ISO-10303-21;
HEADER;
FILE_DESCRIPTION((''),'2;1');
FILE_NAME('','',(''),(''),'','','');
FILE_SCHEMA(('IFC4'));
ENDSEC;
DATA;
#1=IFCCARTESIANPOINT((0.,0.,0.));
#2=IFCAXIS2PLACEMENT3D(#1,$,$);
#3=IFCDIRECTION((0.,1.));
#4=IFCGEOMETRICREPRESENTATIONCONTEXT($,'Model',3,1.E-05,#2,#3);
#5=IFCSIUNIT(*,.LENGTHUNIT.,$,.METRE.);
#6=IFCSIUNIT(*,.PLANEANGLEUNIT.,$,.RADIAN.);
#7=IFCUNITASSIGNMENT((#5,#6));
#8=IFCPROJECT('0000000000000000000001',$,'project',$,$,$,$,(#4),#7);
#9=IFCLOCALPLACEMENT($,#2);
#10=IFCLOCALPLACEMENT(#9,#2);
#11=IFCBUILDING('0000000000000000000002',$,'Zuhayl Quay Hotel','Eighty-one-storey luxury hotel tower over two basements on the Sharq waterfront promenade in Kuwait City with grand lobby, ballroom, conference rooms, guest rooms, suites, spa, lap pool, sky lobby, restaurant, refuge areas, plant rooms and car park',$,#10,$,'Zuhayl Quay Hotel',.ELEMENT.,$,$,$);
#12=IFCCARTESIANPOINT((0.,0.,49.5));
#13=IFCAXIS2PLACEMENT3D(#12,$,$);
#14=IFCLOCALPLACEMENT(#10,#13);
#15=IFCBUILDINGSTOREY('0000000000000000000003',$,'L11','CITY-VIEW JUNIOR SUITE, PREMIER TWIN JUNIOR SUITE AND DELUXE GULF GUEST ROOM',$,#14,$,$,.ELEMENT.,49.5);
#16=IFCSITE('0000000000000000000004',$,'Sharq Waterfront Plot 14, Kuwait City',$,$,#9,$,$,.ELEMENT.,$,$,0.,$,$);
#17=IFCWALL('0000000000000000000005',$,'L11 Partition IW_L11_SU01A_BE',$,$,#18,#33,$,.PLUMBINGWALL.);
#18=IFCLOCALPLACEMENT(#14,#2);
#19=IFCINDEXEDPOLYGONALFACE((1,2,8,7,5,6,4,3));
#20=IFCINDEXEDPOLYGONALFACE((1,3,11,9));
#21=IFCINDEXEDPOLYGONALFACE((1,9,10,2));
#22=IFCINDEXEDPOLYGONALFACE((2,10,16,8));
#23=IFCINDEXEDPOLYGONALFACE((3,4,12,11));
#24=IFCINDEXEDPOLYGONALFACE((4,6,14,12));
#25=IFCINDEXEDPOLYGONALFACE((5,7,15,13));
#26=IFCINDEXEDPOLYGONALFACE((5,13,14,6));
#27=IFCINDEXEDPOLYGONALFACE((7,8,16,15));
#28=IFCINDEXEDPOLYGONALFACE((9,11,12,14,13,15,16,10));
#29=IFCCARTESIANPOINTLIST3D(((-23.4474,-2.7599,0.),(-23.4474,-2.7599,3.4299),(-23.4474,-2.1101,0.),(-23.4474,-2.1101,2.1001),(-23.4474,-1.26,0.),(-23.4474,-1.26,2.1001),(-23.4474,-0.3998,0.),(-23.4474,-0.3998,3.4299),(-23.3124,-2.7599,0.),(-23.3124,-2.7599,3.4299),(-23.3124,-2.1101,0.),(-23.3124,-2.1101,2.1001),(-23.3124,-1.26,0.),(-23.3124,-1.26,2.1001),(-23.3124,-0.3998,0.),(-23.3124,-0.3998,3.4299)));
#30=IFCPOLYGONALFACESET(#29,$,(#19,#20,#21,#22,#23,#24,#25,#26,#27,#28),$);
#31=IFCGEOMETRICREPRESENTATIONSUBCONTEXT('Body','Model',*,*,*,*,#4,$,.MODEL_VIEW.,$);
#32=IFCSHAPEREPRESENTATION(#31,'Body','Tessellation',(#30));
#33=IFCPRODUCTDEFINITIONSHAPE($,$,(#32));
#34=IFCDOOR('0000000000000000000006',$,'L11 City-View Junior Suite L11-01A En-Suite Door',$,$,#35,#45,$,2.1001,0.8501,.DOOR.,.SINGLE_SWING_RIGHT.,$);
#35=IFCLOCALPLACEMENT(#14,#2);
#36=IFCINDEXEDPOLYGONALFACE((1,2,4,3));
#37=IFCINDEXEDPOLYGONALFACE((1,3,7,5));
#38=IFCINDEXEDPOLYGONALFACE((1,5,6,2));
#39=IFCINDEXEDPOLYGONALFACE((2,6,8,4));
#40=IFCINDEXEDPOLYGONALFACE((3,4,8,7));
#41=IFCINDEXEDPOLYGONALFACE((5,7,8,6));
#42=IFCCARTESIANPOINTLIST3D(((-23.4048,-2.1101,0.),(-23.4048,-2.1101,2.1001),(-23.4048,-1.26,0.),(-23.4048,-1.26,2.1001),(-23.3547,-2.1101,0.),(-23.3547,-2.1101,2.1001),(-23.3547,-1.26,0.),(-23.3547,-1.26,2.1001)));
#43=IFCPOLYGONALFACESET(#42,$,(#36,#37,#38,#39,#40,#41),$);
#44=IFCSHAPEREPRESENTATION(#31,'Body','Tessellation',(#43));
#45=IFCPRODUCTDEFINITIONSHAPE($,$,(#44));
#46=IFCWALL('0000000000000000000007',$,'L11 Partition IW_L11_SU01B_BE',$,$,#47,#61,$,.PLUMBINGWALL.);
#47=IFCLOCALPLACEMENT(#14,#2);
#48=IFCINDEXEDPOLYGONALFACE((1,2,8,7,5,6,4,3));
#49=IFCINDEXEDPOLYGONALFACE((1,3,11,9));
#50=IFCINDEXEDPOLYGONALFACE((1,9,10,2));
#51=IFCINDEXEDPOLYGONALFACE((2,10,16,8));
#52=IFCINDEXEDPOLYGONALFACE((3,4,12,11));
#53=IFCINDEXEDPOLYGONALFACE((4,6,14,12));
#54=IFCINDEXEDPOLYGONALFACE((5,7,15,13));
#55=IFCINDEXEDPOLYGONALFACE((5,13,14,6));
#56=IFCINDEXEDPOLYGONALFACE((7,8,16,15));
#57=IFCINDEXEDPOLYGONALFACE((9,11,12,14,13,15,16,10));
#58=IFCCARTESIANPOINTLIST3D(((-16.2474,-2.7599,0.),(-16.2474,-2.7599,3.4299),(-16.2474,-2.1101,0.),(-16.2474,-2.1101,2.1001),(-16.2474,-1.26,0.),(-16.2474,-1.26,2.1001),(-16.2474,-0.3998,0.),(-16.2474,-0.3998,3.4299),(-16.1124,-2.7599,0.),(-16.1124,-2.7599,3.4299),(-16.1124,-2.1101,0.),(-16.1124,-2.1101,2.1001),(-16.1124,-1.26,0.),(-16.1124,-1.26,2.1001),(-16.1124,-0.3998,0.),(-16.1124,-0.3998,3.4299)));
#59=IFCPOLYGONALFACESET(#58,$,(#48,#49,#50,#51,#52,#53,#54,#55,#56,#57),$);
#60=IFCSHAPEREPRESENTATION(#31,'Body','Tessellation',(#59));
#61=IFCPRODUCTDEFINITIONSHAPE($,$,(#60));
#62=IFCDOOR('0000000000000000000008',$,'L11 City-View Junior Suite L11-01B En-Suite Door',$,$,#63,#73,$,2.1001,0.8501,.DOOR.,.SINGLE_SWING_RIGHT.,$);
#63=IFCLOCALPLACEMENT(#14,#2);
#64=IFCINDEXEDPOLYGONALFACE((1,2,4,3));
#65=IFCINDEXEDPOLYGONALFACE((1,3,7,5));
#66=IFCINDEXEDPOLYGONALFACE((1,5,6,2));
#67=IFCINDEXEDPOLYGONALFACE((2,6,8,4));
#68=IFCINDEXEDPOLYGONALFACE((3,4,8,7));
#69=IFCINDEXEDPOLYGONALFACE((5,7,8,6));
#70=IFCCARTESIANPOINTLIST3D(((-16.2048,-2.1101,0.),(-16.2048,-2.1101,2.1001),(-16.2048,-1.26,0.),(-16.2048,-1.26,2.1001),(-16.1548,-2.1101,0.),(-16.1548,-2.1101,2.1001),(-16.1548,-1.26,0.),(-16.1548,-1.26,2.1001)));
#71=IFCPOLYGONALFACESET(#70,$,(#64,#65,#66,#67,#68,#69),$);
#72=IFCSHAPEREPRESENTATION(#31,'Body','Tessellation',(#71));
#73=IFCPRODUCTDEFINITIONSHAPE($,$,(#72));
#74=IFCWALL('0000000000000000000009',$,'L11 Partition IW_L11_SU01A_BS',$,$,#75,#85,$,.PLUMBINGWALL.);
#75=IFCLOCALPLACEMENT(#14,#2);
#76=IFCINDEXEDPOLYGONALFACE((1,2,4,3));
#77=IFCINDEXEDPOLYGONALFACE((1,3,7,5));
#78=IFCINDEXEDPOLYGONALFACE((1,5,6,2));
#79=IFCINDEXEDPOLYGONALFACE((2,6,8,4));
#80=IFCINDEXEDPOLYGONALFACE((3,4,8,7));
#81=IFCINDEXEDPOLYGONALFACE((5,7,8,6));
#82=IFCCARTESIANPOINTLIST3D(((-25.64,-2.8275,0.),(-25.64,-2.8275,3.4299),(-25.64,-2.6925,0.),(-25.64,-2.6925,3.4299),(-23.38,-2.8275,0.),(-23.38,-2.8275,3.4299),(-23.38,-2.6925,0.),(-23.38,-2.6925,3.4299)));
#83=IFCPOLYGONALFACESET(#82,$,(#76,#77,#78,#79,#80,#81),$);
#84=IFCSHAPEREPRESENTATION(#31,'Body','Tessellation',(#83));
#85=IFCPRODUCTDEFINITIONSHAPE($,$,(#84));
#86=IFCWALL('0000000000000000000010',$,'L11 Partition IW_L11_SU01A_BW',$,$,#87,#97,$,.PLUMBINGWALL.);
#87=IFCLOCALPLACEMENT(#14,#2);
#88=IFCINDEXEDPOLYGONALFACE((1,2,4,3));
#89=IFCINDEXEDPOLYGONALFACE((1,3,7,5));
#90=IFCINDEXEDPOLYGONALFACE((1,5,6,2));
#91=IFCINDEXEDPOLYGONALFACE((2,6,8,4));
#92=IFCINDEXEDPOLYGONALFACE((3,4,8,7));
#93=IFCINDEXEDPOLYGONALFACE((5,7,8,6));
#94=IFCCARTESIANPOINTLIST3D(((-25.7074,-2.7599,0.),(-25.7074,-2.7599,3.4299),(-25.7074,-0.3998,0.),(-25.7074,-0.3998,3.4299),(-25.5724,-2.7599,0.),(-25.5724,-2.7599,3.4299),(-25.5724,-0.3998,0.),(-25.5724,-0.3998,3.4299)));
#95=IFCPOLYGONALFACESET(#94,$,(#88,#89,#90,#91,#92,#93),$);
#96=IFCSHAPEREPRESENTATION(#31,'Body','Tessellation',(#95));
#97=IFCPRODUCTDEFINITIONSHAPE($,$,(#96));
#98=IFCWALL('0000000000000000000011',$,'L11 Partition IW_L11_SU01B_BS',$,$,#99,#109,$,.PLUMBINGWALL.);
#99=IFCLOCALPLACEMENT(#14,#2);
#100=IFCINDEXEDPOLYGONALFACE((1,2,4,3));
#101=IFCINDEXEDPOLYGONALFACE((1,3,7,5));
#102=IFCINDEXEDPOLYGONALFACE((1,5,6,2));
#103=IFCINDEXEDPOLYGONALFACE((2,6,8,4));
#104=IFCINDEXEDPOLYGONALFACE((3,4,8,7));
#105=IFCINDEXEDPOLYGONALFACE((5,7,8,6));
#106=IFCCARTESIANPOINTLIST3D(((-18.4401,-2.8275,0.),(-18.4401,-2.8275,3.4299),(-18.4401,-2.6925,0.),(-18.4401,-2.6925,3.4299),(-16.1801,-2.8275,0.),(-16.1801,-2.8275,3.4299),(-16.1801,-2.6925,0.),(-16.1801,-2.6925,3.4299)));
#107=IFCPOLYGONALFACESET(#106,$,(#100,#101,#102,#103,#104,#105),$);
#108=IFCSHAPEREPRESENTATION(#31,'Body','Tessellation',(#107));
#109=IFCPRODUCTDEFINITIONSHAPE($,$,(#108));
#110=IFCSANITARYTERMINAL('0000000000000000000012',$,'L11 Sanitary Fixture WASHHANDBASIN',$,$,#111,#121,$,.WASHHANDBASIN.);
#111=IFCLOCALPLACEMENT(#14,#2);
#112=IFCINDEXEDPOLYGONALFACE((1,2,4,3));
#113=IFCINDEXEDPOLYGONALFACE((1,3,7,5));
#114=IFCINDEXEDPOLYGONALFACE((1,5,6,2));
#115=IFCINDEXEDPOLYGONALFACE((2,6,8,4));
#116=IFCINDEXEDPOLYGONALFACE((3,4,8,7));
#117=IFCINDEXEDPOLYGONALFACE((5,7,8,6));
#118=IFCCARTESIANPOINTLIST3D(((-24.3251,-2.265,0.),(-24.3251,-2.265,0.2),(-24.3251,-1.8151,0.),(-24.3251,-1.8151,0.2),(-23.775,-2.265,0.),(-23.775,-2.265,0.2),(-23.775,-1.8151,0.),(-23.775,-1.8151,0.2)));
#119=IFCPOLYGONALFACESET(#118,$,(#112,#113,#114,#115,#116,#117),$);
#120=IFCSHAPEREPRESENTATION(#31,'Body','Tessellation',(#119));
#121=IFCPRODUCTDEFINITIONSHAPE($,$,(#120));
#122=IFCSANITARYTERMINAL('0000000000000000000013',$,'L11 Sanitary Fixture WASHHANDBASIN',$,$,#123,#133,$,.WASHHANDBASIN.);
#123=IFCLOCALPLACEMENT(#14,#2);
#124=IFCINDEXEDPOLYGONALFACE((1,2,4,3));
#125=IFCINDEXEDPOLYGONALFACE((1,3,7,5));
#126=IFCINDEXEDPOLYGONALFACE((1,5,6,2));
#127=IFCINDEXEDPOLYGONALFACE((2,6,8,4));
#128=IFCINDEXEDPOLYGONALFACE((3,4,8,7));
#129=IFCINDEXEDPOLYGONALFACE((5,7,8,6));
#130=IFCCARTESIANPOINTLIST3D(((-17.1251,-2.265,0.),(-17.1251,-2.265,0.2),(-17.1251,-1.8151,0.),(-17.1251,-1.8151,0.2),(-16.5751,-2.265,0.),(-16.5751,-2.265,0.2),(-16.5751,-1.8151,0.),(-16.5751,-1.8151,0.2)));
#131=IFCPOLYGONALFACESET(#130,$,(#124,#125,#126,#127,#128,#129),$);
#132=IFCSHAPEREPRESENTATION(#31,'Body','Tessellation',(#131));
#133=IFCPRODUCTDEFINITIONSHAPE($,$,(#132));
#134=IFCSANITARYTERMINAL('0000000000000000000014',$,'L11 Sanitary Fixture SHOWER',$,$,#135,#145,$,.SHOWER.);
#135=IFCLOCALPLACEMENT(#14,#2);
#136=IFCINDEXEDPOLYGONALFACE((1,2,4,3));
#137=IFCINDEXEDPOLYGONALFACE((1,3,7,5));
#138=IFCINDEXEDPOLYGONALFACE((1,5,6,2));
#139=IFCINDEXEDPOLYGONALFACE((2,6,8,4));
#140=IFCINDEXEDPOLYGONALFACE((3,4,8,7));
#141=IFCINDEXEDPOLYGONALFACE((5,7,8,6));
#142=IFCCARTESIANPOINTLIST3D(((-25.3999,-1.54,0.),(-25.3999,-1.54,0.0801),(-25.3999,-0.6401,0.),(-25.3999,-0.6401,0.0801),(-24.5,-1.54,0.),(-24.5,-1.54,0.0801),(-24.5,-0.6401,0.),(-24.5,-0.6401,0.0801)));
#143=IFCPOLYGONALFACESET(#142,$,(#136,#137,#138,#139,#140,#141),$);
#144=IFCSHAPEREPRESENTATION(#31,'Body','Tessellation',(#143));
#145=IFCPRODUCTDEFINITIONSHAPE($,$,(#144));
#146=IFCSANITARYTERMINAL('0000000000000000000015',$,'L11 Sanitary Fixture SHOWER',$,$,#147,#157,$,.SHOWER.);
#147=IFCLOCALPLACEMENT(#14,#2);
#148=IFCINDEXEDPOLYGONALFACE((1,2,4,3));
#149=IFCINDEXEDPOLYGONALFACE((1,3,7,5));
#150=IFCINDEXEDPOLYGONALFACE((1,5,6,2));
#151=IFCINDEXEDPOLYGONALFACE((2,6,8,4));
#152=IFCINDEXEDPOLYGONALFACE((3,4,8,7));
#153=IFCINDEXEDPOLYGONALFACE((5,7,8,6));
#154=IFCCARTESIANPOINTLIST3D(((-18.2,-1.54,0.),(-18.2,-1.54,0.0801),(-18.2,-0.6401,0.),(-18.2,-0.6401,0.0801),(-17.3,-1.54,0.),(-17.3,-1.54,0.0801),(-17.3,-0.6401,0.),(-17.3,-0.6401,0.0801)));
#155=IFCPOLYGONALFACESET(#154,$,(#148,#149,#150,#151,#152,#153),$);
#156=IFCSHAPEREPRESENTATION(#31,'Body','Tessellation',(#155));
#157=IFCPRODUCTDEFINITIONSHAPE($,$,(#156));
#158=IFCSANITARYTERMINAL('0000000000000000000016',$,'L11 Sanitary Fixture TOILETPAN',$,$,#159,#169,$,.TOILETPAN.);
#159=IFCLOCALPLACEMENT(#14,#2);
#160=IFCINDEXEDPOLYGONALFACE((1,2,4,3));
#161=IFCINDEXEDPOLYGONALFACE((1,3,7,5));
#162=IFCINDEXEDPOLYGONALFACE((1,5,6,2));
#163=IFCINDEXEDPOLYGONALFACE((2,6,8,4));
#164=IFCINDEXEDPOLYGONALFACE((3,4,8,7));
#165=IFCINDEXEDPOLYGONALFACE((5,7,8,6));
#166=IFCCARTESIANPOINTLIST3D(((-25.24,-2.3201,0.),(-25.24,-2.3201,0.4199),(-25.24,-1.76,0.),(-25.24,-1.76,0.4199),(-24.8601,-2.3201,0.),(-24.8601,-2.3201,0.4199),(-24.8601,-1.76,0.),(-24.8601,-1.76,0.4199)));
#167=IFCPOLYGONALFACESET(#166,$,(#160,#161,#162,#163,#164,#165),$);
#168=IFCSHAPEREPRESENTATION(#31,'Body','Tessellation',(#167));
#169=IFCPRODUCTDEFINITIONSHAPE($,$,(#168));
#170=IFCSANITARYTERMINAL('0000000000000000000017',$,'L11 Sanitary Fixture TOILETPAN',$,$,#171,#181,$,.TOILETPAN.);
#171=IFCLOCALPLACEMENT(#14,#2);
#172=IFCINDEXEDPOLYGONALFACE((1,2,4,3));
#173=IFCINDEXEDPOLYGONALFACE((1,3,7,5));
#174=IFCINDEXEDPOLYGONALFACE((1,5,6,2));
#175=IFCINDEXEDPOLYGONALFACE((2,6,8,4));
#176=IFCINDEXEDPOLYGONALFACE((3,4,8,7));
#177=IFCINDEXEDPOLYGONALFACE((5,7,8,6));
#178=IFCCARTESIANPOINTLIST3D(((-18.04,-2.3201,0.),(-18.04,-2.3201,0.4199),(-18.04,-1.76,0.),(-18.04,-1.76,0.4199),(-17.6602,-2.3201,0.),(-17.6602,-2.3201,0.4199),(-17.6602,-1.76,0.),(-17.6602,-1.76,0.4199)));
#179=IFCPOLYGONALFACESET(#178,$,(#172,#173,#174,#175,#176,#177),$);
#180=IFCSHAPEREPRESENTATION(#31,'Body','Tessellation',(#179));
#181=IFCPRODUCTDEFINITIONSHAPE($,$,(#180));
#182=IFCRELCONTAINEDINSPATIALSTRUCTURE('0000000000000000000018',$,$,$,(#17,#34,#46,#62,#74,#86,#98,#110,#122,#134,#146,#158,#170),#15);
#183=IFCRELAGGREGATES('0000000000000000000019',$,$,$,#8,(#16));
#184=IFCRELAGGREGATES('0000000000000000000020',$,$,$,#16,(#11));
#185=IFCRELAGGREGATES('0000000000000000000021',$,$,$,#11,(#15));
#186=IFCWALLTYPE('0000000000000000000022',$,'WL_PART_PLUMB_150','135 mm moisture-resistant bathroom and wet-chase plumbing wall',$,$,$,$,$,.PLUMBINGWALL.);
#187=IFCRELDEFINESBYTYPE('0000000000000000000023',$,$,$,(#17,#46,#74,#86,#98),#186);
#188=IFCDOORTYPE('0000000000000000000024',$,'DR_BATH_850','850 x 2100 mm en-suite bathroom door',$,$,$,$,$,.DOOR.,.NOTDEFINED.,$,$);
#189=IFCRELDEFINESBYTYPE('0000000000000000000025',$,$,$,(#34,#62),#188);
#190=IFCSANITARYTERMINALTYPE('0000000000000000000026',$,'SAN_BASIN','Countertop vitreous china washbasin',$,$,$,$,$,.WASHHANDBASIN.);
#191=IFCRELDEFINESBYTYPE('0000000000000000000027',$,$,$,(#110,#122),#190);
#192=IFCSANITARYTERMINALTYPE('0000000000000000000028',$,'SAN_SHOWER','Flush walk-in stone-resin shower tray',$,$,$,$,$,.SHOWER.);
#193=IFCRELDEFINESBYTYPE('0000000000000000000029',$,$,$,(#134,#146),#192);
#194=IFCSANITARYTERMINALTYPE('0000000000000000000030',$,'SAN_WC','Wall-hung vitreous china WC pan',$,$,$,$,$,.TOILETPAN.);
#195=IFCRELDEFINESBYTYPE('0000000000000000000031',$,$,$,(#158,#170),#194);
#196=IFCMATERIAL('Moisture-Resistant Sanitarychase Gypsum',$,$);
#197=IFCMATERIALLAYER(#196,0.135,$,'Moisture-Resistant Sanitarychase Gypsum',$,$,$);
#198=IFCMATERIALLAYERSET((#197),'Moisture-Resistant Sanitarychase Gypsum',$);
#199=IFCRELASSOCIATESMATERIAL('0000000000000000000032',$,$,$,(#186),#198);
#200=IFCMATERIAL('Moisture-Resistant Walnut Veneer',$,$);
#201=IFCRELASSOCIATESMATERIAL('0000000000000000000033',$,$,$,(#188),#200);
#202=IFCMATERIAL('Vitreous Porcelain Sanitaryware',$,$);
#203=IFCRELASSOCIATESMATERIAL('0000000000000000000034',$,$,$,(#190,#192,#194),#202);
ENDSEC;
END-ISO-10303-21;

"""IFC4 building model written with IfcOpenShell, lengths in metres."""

from ifc_helpers import new_model, si_unit, direction, frame, frame_2d, origin, origin_2d, place, context, subcontext, project, spatial, rectangle, extrude, material, layer, layer_set, type_object, element, fill, save


model = new_model("IFC4")

# Units and contexts
model_context = context("Model", 3, precision=1e-05, world=origin(), true_north=direction((0.0, 1.0)))
body_context = subcontext(model_context, "Body", "Model", "MODEL_VIEW")
ifc_project = project(units=[si_unit("LENGTHUNIT", "METRE"), si_unit("PLANEANGLEUNIT", "RADIAN")], contexts=[model_context])

# Site, building, storey
site_placement = place(None, origin())
site = spatial("IfcSite", under=ifc_project, at=site_placement, Name="Sharq Waterfront Plot 14, Kuwait City", CompositionType="ELEMENT", RefElevation=0.0)
building_placement = place(site_placement, origin())
building = spatial("IfcBuilding", under=site, at=building_placement, Name="Zuhayl Quay Hotel", Description="Eighty-one-storey luxury hotel tower over two basements on the Sharq waterfront promenade in Kuwait City with grand lobby, ballroom, conference rooms, guest rooms, suites, spa, lap pool, sky lobby, restaurant, refuge areas, plant rooms and car park", LongName="Zuhayl Quay Hotel", CompositionType="ELEMENT")
storey_placement = place(building_placement, frame((0.0, 0.0, 49.5)))
storey = spatial("IfcBuildingStorey", under=building, at=storey_placement, Name="L11", Description="CITY-VIEW JUNIOR SUITE, PREMIER TWIN JUNIOR SUITE AND DELUXE GULF GUEST ROOM", CompositionType="ELEMENT", Elevation=49.5)

# Walls, openings, doors
ifc_material_1 = material(Name="Moisture-Resistant Sanitarychase Gypsum")
ifc_layer_1 = layer(ifc_material_1, 0.135, Name="Moisture-Resistant Sanitarychase Gypsum")
ifc_layer_set_1 = layer_set([ifc_layer_1], Name="Moisture-Resistant Sanitarychase Gypsum")
wall_type_1 = type_object("IfcWallType", Name="WL_PART_PLUMB_150", Description="135 mm moisture-resistant bathroom and wet-chase plumbing wall", PredefinedType="PLUMBINGWALL", material=ifc_layer_set_1)
wall_1_placement = place(storey_placement, frame((-23.3799, -2.76, 0.0), z_axis=(0.0, 0.0, 1.0), x_axis=(0.0, 1.0, 0.0)))
wall_1 = element("IfcWall", 1, at=wall_1_placement, inside=storey, type_object=wall_type_1, Name="L11 Partition IW_L11_SU01A_BE", PredefinedType="PLUMBINGWALL", context=body_context, shape_type="SweptSolid", body=[
    extrude(rectangle(XDim=2.3601, YDim=0.135, at=frame_2d((1.1802, 0.0))), origin(), (0.0, 0.0, 1.0), 3.4299),
])
opening_1_placement = place(wall_1_placement, frame((0.6499, 0.0, 0.0)))
opening_1 = element("IfcOpeningElement", 2, at=opening_1_placement, cuts=wall_1, PredefinedType="OPENING", context=body_context, shape_type="SweptSolid", body=[
    extrude(rectangle(XDim=0.8501, YDim=2.1001, at=frame_2d((0.425, 1.05))), frame((0.0, 0.0774, 0.0), z_axis=(0.0, -1.0, 0.0), x_axis=(1.0, 0.0, 0.0)), (0.0, 0.0, 1.0), 0.155),
])
ifc_material_2 = material(Name="Moisture-Resistant Walnut Veneer")
door_type_1 = type_object("IfcDoorType", Name="DR_BATH_850", Description="850 x 2100 mm en-suite bathroom door", OperationType="NOTDEFINED", PredefinedType="DOOR", material=ifc_material_2)
door_1_placement = place(opening_1_placement, origin())
door_1 = element("IfcDoor", 3, at=door_1_placement, inside=storey, type_object=door_type_1, Name="L11 City-View Junior Suite L11-01A En-Suite Door", OperationType="SINGLE_SWING_RIGHT", OverallHeight=2.1001, OverallWidth=0.8501, PredefinedType="DOOR", context=body_context, shape_type="SweptSolid", body=[
    extrude(rectangle(XDim=0.8501, YDim=2.1001, at=frame_2d((0.425, 1.05))), frame((0.0, 0.0249, 0.0), z_axis=(0.0, -1.0, 0.0), x_axis=(1.0, 0.0, 0.0)), (0.0, 0.0, 1.0), 0.05),
])
fill(opening_1, door_1)
wall_2_placement = place(storey_placement, frame((-16.1799, -2.76, 0.0), z_axis=(0.0, 0.0, 1.0), x_axis=(0.0, 1.0, 0.0)))
wall_2 = element("IfcWall", 4, at=wall_2_placement, inside=storey, type_object=wall_type_1, Name="L11 Partition IW_L11_SU01B_BE", PredefinedType="PLUMBINGWALL", context=body_context, shape_type="SweptSolid", body=[
    extrude(rectangle(XDim=2.3601, YDim=0.135, at=frame_2d((1.1802, 0.0))), origin(), (0.0, 0.0, 1.0), 3.4299),
])
opening_2_placement = place(wall_2_placement, frame((0.6499, 0.0, 0.0)))
opening_2 = element("IfcOpeningElement", 5, at=opening_2_placement, cuts=wall_2, PredefinedType="OPENING", context=body_context, shape_type="SweptSolid", body=[
    extrude(rectangle(XDim=0.8501, YDim=2.1001, at=frame_2d((0.425, 1.05))), frame((0.0, 0.0774, 0.0), z_axis=(0.0, -1.0, 0.0), x_axis=(1.0, 0.0, 0.0)), (0.0, 0.0, 1.0), 0.155),
])
door_2_placement = place(opening_2_placement, origin())
door_2 = element("IfcDoor", 6, at=door_2_placement, inside=storey, type_object=door_type_1, Name="L11 City-View Junior Suite L11-01B En-Suite Door", OperationType="SINGLE_SWING_RIGHT", OverallHeight=2.1001, OverallWidth=0.8501, PredefinedType="DOOR", context=body_context, shape_type="SweptSolid", body=[
    extrude(rectangle(XDim=0.8501, YDim=2.1001, at=frame_2d((0.425, 1.05))), frame((0.0, 0.0249, 0.0), z_axis=(0.0, -1.0, 0.0), x_axis=(1.0, 0.0, 0.0)), (0.0, 0.0, 1.0), 0.05),
])
fill(opening_2, door_2)

# Walls
wall_3_placement = place(storey_placement, frame((-25.6399, -2.76, 0.0), z_axis=(0.0, 0.0, 1.0), x_axis=(1.0, 0.0, 0.0)))
element("IfcWall", 7, at=wall_3_placement, inside=storey, type_object=wall_type_1, Name="L11 Partition IW_L11_SU01A_BS", PredefinedType="PLUMBINGWALL", context=body_context, shape_type="SweptSolid", body=[
    extrude(rectangle(XDim=2.26, YDim=0.135, at=frame_2d((1.1299, 0.0))), origin(), (0.0, 0.0, 1.0), 3.4299),
])
wall_4_placement = place(storey_placement, frame((-25.6399, -2.76, 0.0), z_axis=(0.0, 0.0, 1.0), x_axis=(0.0, 1.0, 0.0)))
element("IfcWall", 8, at=wall_4_placement, inside=storey, type_object=wall_type_1, Name="L11 Partition IW_L11_SU01A_BW", PredefinedType="PLUMBINGWALL", context=body_context, shape_type="SweptSolid", body=[
    extrude(rectangle(XDim=2.3601, YDim=0.135, at=frame_2d((1.1802, 0.0))), origin(), (0.0, 0.0, 1.0), 3.4299),
])
wall_5_placement = place(storey_placement, frame((-18.4399, -2.76, 0.0), z_axis=(0.0, 0.0, 1.0), x_axis=(1.0, 0.0, 0.0)))
element("IfcWall", 9, at=wall_5_placement, inside=storey, type_object=wall_type_1, Name="L11 Partition IW_L11_SU01B_BS", PredefinedType="PLUMBINGWALL", context=body_context, shape_type="SweptSolid", body=[
    extrude(rectangle(XDim=2.26, YDim=0.135, at=frame_2d((1.1299, 0.0))), origin(), (0.0, 0.0, 1.0), 3.4299),
])

# Sanitary terminals
ifc_material_3 = material(Name="Vitreous Porcelain Sanitaryware")
sanitary_terminal_type_1 = type_object("IfcSanitaryTerminalType", Name="SAN_BASIN", Description="Countertop vitreous china washbasin", PredefinedType="WASHHANDBASIN", material=ifc_material_3)
for number, where, z_axis, x_axis, name in (
    (10, (-24.05, -2.04, 0.0), (0.0, 0.0, 1.0), (1.0, 0.0, 0.0), "L11 Sanitary Fixture WASHHANDBASIN"),
    (11, (-16.8501, -2.04, 0.0), (0.0, 0.0, 1.0), (1.0, 0.0, 0.0), "L11 Sanitary Fixture WASHHANDBASIN"),
):
    element("IfcSanitaryTerminal", number, at=place(storey_placement, frame(where, z_axis=z_axis, x_axis=x_axis)), inside=storey, type_object=sanitary_terminal_type_1, Name=name, PredefinedType="WASHHANDBASIN", context=body_context, shape_type="SweptSolid", body=[
        extrude(rectangle(XDim=0.55, YDim=0.45, at=origin_2d()), origin(), (0.0, 0.0, 1.0), 0.2),
    ])
sanitary_terminal_type_2 = type_object("IfcSanitaryTerminalType", Name="SAN_SHOWER", Description="Flush walk-in stone-resin shower tray", PredefinedType="SHOWER", material=ifc_material_3)
for number, where, z_axis, x_axis, name in (
    (12, (-24.95, -1.0901, 0.0), (0.0, 0.0, 1.0), (1.0, 0.0, 0.0), "L11 Sanitary Fixture SHOWER"),
    (13, (-17.75, -1.0901, 0.0), (0.0, 0.0, 1.0), (1.0, 0.0, 0.0), "L11 Sanitary Fixture SHOWER"),
):
    element("IfcSanitaryTerminal", number, at=place(storey_placement, frame(where, z_axis=z_axis, x_axis=x_axis)), inside=storey, type_object=sanitary_terminal_type_2, Name=name, PredefinedType="SHOWER", context=body_context, shape_type="SweptSolid", body=[
        extrude(rectangle(XDim=0.8999, YDim=0.8999, at=origin_2d()), origin(), (0.0, 0.0, 1.0), 0.0801),
    ])
sanitary_terminal_type_3 = type_object("IfcSanitaryTerminalType", Name="SAN_WC", Description="Wall-hung vitreous china WC pan", PredefinedType="TOILETPAN", material=ifc_material_3)
for number, where, z_axis, x_axis, name in (
    (14, (-25.05, -2.04, 0.0), (0.0, 0.0, 1.0), (1.0, 0.0, 0.0), "L11 Sanitary Fixture TOILETPAN"),
    (15, (-17.8501, -2.04, 0.0), (0.0, 0.0, 1.0), (1.0, 0.0, 0.0), "L11 Sanitary Fixture TOILETPAN"),
):
    element("IfcSanitaryTerminal", number, at=place(storey_placement, frame(where, z_axis=z_axis, x_axis=x_axis)), inside=storey, type_object=sanitary_terminal_type_3, Name=name, PredefinedType="TOILETPAN", context=body_context, shape_type="SweptSolid", body=[
        extrude(rectangle(XDim=0.3799, YDim=0.5601, at=origin_2d()), origin(), (0.0, 0.0, 1.0), 0.4199),
    ])

save(model, "model.ifc")
